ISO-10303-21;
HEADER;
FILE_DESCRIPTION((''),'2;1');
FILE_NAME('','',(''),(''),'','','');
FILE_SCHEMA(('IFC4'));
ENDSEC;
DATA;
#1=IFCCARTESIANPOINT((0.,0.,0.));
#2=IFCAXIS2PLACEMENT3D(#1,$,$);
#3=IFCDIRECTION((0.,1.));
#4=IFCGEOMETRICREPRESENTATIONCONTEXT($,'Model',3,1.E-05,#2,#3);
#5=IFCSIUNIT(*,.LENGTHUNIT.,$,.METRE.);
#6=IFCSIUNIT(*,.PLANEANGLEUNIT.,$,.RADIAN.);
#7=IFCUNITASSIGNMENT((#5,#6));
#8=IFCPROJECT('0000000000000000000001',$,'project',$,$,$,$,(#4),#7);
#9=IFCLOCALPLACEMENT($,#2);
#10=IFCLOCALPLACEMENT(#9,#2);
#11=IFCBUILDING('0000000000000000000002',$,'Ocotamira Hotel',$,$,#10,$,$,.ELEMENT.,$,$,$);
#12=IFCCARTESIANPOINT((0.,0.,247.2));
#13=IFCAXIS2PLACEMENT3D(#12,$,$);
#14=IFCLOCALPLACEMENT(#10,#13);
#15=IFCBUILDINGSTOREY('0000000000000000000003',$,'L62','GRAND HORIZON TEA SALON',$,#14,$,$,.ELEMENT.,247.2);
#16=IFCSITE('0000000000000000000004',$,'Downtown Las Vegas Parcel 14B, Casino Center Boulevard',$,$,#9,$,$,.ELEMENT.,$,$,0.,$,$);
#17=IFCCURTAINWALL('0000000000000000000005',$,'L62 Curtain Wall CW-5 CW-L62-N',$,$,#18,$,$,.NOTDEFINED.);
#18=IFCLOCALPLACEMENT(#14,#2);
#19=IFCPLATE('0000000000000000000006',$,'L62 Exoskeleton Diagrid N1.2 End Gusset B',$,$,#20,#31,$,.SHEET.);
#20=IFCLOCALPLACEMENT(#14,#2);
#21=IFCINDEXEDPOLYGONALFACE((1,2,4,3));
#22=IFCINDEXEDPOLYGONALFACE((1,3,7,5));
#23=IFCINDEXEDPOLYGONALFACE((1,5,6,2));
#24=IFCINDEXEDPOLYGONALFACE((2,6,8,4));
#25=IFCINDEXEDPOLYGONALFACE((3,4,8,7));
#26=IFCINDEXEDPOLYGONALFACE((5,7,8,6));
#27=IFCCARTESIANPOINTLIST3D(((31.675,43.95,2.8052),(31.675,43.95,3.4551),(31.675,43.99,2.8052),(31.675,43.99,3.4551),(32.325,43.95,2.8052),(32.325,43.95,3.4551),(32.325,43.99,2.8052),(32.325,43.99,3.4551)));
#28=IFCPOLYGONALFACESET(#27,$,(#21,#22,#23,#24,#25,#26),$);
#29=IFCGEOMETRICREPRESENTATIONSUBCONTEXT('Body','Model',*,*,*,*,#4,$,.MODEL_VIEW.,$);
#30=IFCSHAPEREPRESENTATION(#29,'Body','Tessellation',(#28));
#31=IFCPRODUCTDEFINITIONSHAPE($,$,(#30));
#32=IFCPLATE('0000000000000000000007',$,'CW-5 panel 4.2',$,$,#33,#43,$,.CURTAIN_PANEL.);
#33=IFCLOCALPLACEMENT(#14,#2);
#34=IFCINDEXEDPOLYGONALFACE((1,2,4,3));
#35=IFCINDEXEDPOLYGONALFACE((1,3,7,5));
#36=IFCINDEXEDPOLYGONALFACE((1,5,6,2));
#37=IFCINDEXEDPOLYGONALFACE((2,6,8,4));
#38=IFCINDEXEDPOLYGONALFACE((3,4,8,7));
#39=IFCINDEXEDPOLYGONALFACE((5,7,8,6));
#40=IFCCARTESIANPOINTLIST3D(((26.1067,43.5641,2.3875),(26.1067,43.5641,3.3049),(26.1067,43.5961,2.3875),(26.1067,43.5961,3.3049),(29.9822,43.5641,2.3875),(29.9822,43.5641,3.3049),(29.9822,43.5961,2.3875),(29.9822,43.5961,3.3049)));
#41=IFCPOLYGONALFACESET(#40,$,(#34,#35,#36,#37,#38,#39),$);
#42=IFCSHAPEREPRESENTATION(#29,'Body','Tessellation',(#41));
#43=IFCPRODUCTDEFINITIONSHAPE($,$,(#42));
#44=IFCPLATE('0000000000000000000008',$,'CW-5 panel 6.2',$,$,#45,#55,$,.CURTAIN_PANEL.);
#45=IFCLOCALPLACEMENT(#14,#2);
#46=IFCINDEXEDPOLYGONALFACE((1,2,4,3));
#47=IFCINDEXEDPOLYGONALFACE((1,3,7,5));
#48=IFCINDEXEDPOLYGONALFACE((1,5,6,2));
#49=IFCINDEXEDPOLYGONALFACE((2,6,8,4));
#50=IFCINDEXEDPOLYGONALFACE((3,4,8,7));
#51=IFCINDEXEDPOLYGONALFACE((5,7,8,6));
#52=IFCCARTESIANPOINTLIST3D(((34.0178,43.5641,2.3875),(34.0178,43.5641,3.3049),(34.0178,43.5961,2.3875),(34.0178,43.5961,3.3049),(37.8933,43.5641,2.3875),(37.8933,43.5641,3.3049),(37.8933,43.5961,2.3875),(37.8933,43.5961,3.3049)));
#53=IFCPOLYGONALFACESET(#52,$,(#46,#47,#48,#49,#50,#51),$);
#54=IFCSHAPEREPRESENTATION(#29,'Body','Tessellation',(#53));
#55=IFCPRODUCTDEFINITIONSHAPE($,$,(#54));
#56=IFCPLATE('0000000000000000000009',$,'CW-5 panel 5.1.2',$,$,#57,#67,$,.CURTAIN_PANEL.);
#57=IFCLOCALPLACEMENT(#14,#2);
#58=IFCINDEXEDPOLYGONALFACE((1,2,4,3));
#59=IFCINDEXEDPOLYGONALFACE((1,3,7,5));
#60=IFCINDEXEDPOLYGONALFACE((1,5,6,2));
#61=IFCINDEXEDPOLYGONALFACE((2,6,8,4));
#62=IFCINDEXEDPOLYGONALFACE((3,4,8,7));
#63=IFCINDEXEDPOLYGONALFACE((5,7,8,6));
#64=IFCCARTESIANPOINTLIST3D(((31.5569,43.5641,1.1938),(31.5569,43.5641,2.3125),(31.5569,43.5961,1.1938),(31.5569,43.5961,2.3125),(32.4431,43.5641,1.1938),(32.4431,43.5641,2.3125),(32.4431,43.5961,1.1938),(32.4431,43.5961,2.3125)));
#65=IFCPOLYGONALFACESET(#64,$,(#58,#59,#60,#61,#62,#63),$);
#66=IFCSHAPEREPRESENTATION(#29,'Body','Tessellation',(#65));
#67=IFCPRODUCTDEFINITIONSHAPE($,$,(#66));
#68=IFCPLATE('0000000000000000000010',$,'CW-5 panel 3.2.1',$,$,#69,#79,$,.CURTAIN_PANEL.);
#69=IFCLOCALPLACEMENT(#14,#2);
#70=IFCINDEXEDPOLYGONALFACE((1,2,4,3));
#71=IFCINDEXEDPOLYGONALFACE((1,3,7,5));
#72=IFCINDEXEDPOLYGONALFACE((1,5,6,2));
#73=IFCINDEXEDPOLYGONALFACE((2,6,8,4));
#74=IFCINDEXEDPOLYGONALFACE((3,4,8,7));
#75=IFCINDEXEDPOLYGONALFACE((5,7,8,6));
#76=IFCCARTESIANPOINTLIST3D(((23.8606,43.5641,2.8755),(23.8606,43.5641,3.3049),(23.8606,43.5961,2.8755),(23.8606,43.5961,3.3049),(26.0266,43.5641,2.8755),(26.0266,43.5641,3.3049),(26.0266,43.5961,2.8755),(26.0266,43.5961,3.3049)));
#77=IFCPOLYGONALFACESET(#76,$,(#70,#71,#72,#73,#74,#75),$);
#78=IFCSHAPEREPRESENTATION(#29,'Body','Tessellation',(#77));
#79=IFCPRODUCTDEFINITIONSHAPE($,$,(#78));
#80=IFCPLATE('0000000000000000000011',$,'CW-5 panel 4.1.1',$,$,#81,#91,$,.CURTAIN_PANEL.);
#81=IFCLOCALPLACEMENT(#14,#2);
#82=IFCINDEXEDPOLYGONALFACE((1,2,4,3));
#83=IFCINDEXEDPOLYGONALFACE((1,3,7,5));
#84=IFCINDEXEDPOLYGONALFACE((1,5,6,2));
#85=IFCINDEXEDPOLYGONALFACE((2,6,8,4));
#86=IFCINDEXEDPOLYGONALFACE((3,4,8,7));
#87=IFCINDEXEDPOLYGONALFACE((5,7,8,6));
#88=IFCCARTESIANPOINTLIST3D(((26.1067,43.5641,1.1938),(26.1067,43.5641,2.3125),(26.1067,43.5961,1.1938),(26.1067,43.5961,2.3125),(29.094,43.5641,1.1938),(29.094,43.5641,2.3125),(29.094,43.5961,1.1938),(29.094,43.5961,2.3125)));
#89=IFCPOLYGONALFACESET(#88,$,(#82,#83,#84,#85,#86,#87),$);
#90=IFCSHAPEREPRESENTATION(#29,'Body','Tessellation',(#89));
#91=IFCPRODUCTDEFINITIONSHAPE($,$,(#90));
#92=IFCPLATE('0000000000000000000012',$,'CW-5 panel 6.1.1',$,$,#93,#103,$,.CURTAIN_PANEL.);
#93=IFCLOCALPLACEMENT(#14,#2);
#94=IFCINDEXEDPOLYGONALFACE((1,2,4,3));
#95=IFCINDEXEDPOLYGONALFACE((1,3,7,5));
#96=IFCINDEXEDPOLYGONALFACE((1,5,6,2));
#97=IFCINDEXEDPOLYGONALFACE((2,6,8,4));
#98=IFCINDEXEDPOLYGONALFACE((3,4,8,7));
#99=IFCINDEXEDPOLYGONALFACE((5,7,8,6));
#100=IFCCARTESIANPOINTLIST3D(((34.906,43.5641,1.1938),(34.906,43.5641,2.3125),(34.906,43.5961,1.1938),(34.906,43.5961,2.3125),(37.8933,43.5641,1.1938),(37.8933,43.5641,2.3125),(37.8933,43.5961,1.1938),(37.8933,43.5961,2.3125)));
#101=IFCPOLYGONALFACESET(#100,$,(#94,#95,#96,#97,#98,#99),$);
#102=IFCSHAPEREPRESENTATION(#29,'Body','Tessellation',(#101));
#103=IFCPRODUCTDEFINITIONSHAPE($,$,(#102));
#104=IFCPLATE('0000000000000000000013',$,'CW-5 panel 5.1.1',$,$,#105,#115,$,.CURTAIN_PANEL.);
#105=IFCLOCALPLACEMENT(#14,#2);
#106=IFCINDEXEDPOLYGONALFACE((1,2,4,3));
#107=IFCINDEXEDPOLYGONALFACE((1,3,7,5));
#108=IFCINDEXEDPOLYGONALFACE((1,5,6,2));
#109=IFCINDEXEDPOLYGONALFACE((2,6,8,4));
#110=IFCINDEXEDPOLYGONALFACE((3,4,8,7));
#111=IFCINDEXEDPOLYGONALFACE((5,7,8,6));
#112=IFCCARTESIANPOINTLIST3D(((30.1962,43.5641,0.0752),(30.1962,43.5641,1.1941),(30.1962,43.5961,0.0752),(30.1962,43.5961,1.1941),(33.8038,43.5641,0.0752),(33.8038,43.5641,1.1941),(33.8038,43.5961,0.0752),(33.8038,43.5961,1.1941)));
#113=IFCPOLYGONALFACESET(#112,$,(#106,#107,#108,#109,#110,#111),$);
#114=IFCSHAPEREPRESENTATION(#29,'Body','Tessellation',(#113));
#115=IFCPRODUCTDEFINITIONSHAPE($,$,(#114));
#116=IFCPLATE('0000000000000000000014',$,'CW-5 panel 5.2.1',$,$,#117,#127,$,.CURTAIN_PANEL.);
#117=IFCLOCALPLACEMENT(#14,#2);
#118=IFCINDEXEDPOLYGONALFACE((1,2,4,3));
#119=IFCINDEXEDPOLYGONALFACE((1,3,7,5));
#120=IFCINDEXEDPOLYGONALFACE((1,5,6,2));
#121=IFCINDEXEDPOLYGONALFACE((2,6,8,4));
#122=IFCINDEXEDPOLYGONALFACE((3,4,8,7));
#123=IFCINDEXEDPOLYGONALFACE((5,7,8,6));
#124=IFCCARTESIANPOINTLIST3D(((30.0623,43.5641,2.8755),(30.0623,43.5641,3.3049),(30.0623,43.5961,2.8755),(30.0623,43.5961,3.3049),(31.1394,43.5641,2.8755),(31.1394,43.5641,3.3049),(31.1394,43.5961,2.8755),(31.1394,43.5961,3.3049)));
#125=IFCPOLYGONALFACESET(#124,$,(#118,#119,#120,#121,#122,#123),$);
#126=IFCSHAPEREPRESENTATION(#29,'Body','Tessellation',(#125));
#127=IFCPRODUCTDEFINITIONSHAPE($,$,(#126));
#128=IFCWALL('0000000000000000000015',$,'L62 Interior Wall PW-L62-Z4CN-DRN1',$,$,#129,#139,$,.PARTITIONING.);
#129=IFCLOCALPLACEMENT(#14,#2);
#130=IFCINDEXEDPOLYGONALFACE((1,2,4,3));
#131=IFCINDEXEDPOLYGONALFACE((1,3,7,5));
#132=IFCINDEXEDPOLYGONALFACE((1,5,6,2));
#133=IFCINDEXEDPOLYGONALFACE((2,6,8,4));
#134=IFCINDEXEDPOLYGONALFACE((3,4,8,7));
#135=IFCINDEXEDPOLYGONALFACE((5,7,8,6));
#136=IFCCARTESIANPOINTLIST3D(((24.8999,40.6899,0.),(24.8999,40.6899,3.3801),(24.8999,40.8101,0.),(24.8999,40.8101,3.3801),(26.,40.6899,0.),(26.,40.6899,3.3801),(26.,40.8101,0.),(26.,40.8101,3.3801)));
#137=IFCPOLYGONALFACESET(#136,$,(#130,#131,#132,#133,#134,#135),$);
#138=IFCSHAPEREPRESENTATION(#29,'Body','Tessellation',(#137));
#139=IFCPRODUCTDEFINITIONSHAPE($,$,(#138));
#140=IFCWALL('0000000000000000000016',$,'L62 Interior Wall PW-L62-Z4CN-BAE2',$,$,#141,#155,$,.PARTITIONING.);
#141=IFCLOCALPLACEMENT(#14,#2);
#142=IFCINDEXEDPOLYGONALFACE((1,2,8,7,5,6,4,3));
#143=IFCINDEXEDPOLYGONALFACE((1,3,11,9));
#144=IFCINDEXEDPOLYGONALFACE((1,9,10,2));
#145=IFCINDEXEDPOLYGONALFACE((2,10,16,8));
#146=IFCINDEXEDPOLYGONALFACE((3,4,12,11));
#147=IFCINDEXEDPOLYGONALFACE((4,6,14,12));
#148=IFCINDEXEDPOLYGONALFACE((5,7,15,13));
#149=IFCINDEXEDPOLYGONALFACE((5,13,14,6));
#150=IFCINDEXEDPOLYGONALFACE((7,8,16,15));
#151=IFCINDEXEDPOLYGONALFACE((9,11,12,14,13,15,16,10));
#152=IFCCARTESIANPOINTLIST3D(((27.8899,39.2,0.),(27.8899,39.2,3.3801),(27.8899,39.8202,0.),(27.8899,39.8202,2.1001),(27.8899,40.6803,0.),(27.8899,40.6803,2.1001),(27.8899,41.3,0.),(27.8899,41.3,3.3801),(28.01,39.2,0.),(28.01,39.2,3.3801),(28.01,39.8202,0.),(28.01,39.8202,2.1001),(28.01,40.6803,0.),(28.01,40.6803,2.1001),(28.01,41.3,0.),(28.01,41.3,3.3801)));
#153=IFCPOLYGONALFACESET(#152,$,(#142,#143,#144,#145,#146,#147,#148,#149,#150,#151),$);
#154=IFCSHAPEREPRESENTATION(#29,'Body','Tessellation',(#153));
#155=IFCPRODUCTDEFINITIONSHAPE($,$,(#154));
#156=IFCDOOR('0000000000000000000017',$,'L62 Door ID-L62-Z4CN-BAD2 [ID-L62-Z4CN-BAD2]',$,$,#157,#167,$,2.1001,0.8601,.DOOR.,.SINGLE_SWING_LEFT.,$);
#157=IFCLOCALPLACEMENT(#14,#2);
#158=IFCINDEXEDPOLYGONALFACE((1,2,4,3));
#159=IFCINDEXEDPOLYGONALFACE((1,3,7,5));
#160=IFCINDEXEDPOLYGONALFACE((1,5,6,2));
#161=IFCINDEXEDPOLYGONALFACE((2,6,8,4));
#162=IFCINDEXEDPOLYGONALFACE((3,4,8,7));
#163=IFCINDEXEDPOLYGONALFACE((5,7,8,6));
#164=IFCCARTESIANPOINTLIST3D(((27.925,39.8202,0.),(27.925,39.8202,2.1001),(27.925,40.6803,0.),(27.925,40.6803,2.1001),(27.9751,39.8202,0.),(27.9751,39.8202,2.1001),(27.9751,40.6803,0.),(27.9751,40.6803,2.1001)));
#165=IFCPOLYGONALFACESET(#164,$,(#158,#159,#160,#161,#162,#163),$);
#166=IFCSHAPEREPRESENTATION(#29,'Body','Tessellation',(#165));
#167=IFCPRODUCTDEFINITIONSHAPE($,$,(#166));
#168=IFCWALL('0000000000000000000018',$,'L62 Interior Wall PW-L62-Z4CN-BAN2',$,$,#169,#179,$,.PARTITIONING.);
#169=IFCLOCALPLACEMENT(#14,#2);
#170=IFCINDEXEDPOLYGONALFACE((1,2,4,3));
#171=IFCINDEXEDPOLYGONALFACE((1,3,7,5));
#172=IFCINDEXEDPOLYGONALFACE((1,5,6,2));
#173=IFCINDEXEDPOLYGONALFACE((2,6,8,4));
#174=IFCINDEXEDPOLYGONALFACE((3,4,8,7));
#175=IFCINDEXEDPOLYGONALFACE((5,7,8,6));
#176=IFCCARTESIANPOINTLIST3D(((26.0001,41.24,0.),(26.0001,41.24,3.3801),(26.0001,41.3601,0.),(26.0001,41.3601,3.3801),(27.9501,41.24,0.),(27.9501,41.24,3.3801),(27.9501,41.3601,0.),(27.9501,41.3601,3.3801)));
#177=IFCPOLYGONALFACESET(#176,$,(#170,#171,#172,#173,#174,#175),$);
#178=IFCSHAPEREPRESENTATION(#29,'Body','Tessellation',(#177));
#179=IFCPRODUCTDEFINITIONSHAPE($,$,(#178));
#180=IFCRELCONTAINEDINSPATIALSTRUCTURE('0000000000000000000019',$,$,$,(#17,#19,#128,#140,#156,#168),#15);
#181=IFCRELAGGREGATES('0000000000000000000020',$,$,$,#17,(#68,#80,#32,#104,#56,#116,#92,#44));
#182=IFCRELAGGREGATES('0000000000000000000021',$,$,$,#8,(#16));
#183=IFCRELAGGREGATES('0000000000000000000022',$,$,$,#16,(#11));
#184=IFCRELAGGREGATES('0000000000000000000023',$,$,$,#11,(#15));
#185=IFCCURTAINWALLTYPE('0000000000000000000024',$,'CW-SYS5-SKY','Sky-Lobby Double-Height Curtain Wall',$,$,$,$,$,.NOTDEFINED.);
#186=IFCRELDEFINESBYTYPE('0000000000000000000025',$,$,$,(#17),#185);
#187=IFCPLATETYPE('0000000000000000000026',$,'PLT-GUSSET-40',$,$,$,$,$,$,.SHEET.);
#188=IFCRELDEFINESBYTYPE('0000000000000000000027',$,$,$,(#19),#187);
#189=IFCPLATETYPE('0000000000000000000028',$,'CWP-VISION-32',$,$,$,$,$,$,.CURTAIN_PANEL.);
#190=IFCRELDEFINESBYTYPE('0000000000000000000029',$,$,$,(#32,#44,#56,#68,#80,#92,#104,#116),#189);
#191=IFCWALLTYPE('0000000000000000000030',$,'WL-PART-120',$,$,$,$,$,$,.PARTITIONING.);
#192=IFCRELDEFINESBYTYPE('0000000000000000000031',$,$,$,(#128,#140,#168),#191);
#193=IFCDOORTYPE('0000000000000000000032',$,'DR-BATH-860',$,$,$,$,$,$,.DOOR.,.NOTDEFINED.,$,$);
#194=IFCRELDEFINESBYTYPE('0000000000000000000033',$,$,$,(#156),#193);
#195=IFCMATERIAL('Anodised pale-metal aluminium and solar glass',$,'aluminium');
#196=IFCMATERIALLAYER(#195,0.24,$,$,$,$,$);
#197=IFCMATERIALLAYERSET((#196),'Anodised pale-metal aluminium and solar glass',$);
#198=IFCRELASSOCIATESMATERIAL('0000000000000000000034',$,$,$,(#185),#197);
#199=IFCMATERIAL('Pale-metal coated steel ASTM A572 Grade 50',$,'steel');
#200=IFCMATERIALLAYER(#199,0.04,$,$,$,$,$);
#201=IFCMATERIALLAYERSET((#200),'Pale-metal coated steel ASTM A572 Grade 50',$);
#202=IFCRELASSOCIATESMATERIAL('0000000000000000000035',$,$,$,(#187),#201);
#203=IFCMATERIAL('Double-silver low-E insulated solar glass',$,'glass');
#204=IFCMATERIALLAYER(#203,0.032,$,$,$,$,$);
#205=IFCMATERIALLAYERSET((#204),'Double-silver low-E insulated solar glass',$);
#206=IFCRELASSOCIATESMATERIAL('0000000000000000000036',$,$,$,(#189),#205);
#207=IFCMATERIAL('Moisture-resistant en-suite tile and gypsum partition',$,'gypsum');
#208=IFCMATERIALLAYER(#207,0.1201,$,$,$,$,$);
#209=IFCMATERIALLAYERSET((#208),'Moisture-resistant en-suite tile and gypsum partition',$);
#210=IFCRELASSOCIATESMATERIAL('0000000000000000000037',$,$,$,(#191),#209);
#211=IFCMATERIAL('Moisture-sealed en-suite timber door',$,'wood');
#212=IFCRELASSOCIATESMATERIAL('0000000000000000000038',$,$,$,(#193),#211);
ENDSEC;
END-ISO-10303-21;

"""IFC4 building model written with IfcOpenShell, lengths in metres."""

from ifc_helpers import new_model, si_unit, direction, frame, frame_2d, origin, origin_2d, place, context, subcontext, project, spatial, rectangle, extrude, source, transform, mapped, material, layer, layer_set, type_object, element, fill, aggregate, save


model = new_model("IFC4")

# Units and contexts
model_context = context("Model", 3, precision=1e-05, world=origin(), true_north=direction((0.0, 1.0)))
body_context = subcontext(model_context, "Body", "Model", "MODEL_VIEW")
ifc_project = project(units=[si_unit("LENGTHUNIT", "METRE"), si_unit("PLANEANGLEUNIT", "RADIAN")], contexts=[model_context])

# Site, building, storey
site_placement = place(None, origin())
site = spatial("IfcSite", under=ifc_project, at=site_placement, Name="Downtown Las Vegas Parcel 14B, Casino Center Boulevard", CompositionType="ELEMENT", RefElevation=0.0)
building_placement = place(site_placement, origin())
building = spatial("IfcBuilding", under=site, at=building_placement, Name="Ocotamira Hotel", CompositionType="ELEMENT")
storey_placement = place(building_placement, frame((0.0, 0.0, 247.2)))
storey = spatial("IfcBuildingStorey", under=building, at=storey_placement, Name="L62", Description="GRAND HORIZON TEA SALON", CompositionType="ELEMENT", Elevation=247.2)

# Curtain wall
ifc_material_1 = material(Name="Anodised pale-metal aluminium and solar glass", Category="aluminium")
ifc_layer_1 = layer(ifc_material_1, 0.24)
ifc_layer_set_1 = layer_set([ifc_layer_1], Name="Anodised pale-metal aluminium and solar glass")
curtain_wall_type = type_object("IfcCurtainWallType", Name="CW-SYS5-SKY", Description="Sky-Lobby Double-Height Curtain Wall", PredefinedType="NOTDEFINED", material=ifc_layer_set_1)
curtain_wall_placement = place(storey_placement, origin())
curtain_wall = element("IfcCurtainWall", 1, at=curtain_wall_placement, inside=storey, type_object=curtain_wall_type, Name="L62 Curtain Wall CW-5 CW-L62-N", PredefinedType="NOTDEFINED")

# Plates
ifc_material_2 = material(Name="Pale-metal coated steel ASTM A572 Grade 50", Category="steel")
ifc_layer_2 = layer(ifc_material_2, 0.04)
ifc_layer_set_2 = layer_set([ifc_layer_2], Name="Pale-metal coated steel ASTM A572 Grade 50")
plate_type_1 = type_object("IfcPlateType", Name="PLT-GUSSET-40", PredefinedType="SHEET", material=ifc_layer_set_2)
shared_shape_1 = source(origin(), body_context, "Body", "SweptSolid", [
    extrude(rectangle(XDim=0.6499, YDim=0.04, at=origin_2d()), origin(), (0.0, 0.0, 1.0), 0.6499),
])
plate_1_placement = place(storey_placement, frame((32.0, 43.97, 2.8052), z_axis=(0.0, 0.0, 1.0), x_axis=(1.0, 0.0, 0.0)))
element("IfcPlate", 2, at=plate_1_placement, inside=storey, type_object=plate_type_1, Name="L62 Exoskeleton Diagrid N1.2 End Gusset B", PredefinedType="SHEET", context=body_context, shape_type="MappedRepresentation", body=[
    mapped(shared_shape_1, transform((0.0, 0.0, 0.0), scale=1.0)),
])
ifc_material_3 = material(Name="Double-silver low-E insulated solar glass", Category="glass")
ifc_layer_3 = layer(ifc_material_3, 0.032)
ifc_layer_set_3 = layer_set([ifc_layer_3], Name="Double-silver low-E insulated solar glass")
plate_type_2 = type_object("IfcPlateType", Name="CWP-VISION-32", PredefinedType="CURTAIN_PANEL", material=ifc_layer_set_3)
shared_shape_2 = source(origin(), body_context, "Body", "SweptSolid", [
    extrude(rectangle(XDim=3.8755, YDim=0.032, at=origin_2d()), origin(), (0.0, 0.0, 1.0), 0.9175),
])
plate_2_placement = place(storey_placement, frame((28.0444, 43.5801, 2.3875), z_axis=(0.0, 0.0, 1.0), x_axis=(1.0, 0.0, 0.0)))
plate_2 = element("IfcPlate", 3, at=plate_2_placement, type_object=plate_type_2, Name="CW-5 panel 4.2", PredefinedType="CURTAIN_PANEL", context=body_context, shape_type="MappedRepresentation", body=[
    mapped(shared_shape_2, transform((0.0, 0.0, 0.0), scale=1.0)),
])
plate_3_placement = place(storey_placement, frame((35.9556, 43.5801, 2.3875), z_axis=(0.0, 0.0, 1.0), x_axis=(1.0, 0.0, 0.0)))
plate_3 = element("IfcPlate", 4, at=plate_3_placement, type_object=plate_type_2, Name="CW-5 panel 6.2", PredefinedType="CURTAIN_PANEL", context=body_context, shape_type="MappedRepresentation", body=[
    mapped(shared_shape_2, transform((0.0, 0.0, 0.0), scale=1.0)),
])
shared_shape_3 = source(origin(), body_context, "Body", "SweptSolid", [
    extrude(rectangle(XDim=0.8862, YDim=0.032, at=origin_2d()), origin(), (0.0, 0.0, 1.0), 1.1187),
])
plate_4_placement = place(storey_placement, frame((32.0, 43.5801, 1.1938), z_axis=(0.0, 0.0, 1.0), x_axis=(1.0, 0.0, 0.0)))
plate_4 = element("IfcPlate", 5, at=plate_4_placement, type_object=plate_type_2, Name="CW-5 panel 5.1.2", PredefinedType="CURTAIN_PANEL", context=body_context, shape_type="MappedRepresentation", body=[
    mapped(shared_shape_3, transform((0.0, 0.0, 0.0), scale=1.0)),
])
shared_shape_4 = source(origin(), body_context, "Body", "SweptSolid", [
    extrude(rectangle(XDim=2.166, YDim=0.032, at=origin_2d()), origin(), (0.0, 0.0, 1.0), 0.4294),
])
plate_5_placement = place(storey_placement, frame((24.9436, 43.5801, 2.8755), z_axis=(0.0, 0.0, 1.0), x_axis=(1.0, 0.0, 0.0)))
plate_5 = element("IfcPlate", 6, at=plate_5_placement, type_object=plate_type_2, Name="CW-5 panel 3.2.1", PredefinedType="CURTAIN_PANEL", context=body_context, shape_type="MappedRepresentation", body=[
    mapped(shared_shape_4, transform((0.0, 0.0, 0.0), scale=1.0)),
])
shared_shape_5 = source(origin(), body_context, "Body", "SweptSolid", [
    extrude(rectangle(XDim=2.9873, YDim=0.032, at=origin_2d()), origin(), (0.0, 0.0, 1.0), 1.1187),
])
plate_6_placement = place(storey_placement, frame((27.6003, 43.5801, 1.1938), z_axis=(0.0, 0.0, 1.0), x_axis=(1.0, 0.0, 0.0)))
plate_6 = element("IfcPlate", 7, at=plate_6_placement, type_object=plate_type_2, Name="CW-5 panel 4.1.1", PredefinedType="CURTAIN_PANEL", context=body_context, shape_type="MappedRepresentation", body=[
    mapped(shared_shape_5, transform((0.0, 0.0, 0.0), scale=1.0)),
])
plate_7_placement = place(storey_placement, frame((36.3997, 43.5801, 1.1938), z_axis=(0.0, 0.0, 1.0), x_axis=(1.0, 0.0, 0.0)))
plate_7 = element("IfcPlate", 8, at=plate_7_placement, type_object=plate_type_2, Name="CW-5 panel 6.1.1", PredefinedType="CURTAIN_PANEL", context=body_context, shape_type="MappedRepresentation", body=[
    mapped(shared_shape_5, transform((0.0, 0.0, 0.0), scale=1.0)),
])
shared_shape_6 = source(origin(), body_context, "Body", "SweptSolid", [
    extrude(rectangle(XDim=3.6077, YDim=0.032, at=origin_2d()), origin(), (0.0, 0.0, 1.0), 1.1189),
])
plate_8_placement = place(storey_placement, frame((32.0, 43.5801, 0.0752), z_axis=(0.0, 0.0, 1.0), x_axis=(1.0, 0.0, 0.0)))
plate_8 = element("IfcPlate", 9, at=plate_8_placement, type_object=plate_type_2, Name="CW-5 panel 5.1.1", PredefinedType="CURTAIN_PANEL", context=body_context, shape_type="MappedRepresentation", body=[
    mapped(shared_shape_6, transform((0.0, 0.0, 0.0), scale=1.0)),
])
shared_shape_7 = source(origin(), body_context, "Body", "SweptSolid", [
    extrude(rectangle(XDim=1.0771, YDim=0.032, at=origin_2d()), origin(), (0.0, 0.0, 1.0), 0.4294),
])
plate_9_placement = place(storey_placement, frame((30.6008, 43.5801, 2.8755), z_axis=(0.0, 0.0, 1.0), x_axis=(1.0, 0.0, 0.0)))
plate_9 = element("IfcPlate", 10, at=plate_9_placement, type_object=plate_type_2, Name="CW-5 panel 5.2.1", PredefinedType="CURTAIN_PANEL", context=body_context, shape_type="MappedRepresentation", body=[
    mapped(shared_shape_7, transform((0.0, 0.0, 0.0), scale=1.0)),
])
aggregate(curtain_wall, [plate_5, plate_6, plate_2, plate_8, plate_4, plate_9, plate_7, plate_3])

# Wall
ifc_material_4 = material(Name="Moisture-resistant en-suite tile and gypsum partition", Category="gypsum")
ifc_layer_4 = layer(ifc_material_4, 0.1201)
ifc_layer_set_4 = layer_set([ifc_layer_4], Name="Moisture-resistant en-suite tile and gypsum partition")
wall_type_1 = type_object("IfcWallType", Name="WL-PART-120", PredefinedType="PARTITIONING", material=ifc_layer_set_4)
wall_1_placement = place(storey_placement, frame((24.8999, 40.75, 0.0), z_axis=(0.0, 0.0, 1.0), x_axis=(1.0, 0.0, 0.0)))
element("IfcWall", 11, at=wall_1_placement, inside=storey, type_object=wall_type_1, Name="L62 Interior Wall PW-L62-Z4CN-DRN1", PredefinedType="PARTITIONING", context=body_context, shape_type="SweptSolid", body=[
    extrude(rectangle(XDim=1.1001, YDim=0.1201, at=frame_2d((0.55, 0.0))), origin(), (0.0, 0.0, 1.0), 3.3801),
])

# Wall, opening, door
wall_2_placement = place(storey_placement, frame((27.95, 39.2, 0.0), z_axis=(0.0, 0.0, 1.0), x_axis=(0.0, 1.0, 0.0)))
wall_2 = element("IfcWall", 12, at=wall_2_placement, inside=storey, type_object=wall_type_1, Name="L62 Interior Wall PW-L62-Z4CN-BAE2", PredefinedType="PARTITIONING", context=body_context, shape_type="SweptSolid", body=[
    extrude(rectangle(XDim=2.1001, YDim=0.1201, at=frame_2d((1.05, 0.0))), origin(), (0.0, 0.0, 1.0), 3.3801),
])
opening_1_placement = place(wall_2_placement, frame((0.6201, 0.0, 0.0)))
opening_1 = element("IfcOpeningElement", 13, at=opening_1_placement, cuts=wall_2, PredefinedType="OPENING", context=body_context, shape_type="SweptSolid", body=[
    extrude(rectangle(XDim=0.8601, YDim=2.1001, at=frame_2d((0.4302, 1.05))), frame((0.0, 0.0701, 0.0), z_axis=(0.0, -1.0, 0.0), x_axis=(1.0, 0.0, 0.0)), (0.0, 0.0, 1.0), 0.1401),
])
ifc_material_5 = material(Name="Moisture-sealed en-suite timber door", Category="wood")
door_type_1 = type_object("IfcDoorType", Name="DR-BATH-860", OperationType="NOTDEFINED", PredefinedType="DOOR", material=ifc_material_5)
shared_shape_8 = source(origin(), body_context, "Body", "SweptSolid", [
    extrude(rectangle(XDim=0.8601, YDim=2.1001, at=frame_2d((0.4302, 1.05))), frame((0.0, 0.0249, 0.0), z_axis=(0.0, -1.0, 0.0), x_axis=(1.0, 0.0, 0.0)), (0.0, 0.0, 1.0), 0.05),
])
door_1_placement = place(opening_1_placement, origin())
door_1 = element("IfcDoor", 14, at=door_1_placement, inside=storey, type_object=door_type_1, Name="L62 Door ID-L62-Z4CN-BAD2 [ID-L62-Z4CN-BAD2]", OperationType="SINGLE_SWING_LEFT", OverallHeight=2.1001, OverallWidth=0.8601, PredefinedType="DOOR", context=body_context, shape_type="MappedRepresentation", body=[
    mapped(shared_shape_8, transform((0.0, 0.0, 0.0), scale=1.0)),
])
fill(opening_1, door_1)

# Wall
wall_3_placement = place(storey_placement, frame((26.0, 41.3, 0.0), z_axis=(0.0, 0.0, 1.0), x_axis=(1.0, 0.0, 0.0)))
element("IfcWall", 15, at=wall_3_placement, inside=storey, type_object=wall_type_1, Name="L62 Interior Wall PW-L62-Z4CN-BAN2", PredefinedType="PARTITIONING", context=body_context, shape_type="SweptSolid", body=[
    extrude(rectangle(XDim=1.95, YDim=0.1201, at=frame_2d((0.9751, 0.0))), origin(), (0.0, 0.0, 1.0), 3.3801),
])

save(model, "model.ifc")
